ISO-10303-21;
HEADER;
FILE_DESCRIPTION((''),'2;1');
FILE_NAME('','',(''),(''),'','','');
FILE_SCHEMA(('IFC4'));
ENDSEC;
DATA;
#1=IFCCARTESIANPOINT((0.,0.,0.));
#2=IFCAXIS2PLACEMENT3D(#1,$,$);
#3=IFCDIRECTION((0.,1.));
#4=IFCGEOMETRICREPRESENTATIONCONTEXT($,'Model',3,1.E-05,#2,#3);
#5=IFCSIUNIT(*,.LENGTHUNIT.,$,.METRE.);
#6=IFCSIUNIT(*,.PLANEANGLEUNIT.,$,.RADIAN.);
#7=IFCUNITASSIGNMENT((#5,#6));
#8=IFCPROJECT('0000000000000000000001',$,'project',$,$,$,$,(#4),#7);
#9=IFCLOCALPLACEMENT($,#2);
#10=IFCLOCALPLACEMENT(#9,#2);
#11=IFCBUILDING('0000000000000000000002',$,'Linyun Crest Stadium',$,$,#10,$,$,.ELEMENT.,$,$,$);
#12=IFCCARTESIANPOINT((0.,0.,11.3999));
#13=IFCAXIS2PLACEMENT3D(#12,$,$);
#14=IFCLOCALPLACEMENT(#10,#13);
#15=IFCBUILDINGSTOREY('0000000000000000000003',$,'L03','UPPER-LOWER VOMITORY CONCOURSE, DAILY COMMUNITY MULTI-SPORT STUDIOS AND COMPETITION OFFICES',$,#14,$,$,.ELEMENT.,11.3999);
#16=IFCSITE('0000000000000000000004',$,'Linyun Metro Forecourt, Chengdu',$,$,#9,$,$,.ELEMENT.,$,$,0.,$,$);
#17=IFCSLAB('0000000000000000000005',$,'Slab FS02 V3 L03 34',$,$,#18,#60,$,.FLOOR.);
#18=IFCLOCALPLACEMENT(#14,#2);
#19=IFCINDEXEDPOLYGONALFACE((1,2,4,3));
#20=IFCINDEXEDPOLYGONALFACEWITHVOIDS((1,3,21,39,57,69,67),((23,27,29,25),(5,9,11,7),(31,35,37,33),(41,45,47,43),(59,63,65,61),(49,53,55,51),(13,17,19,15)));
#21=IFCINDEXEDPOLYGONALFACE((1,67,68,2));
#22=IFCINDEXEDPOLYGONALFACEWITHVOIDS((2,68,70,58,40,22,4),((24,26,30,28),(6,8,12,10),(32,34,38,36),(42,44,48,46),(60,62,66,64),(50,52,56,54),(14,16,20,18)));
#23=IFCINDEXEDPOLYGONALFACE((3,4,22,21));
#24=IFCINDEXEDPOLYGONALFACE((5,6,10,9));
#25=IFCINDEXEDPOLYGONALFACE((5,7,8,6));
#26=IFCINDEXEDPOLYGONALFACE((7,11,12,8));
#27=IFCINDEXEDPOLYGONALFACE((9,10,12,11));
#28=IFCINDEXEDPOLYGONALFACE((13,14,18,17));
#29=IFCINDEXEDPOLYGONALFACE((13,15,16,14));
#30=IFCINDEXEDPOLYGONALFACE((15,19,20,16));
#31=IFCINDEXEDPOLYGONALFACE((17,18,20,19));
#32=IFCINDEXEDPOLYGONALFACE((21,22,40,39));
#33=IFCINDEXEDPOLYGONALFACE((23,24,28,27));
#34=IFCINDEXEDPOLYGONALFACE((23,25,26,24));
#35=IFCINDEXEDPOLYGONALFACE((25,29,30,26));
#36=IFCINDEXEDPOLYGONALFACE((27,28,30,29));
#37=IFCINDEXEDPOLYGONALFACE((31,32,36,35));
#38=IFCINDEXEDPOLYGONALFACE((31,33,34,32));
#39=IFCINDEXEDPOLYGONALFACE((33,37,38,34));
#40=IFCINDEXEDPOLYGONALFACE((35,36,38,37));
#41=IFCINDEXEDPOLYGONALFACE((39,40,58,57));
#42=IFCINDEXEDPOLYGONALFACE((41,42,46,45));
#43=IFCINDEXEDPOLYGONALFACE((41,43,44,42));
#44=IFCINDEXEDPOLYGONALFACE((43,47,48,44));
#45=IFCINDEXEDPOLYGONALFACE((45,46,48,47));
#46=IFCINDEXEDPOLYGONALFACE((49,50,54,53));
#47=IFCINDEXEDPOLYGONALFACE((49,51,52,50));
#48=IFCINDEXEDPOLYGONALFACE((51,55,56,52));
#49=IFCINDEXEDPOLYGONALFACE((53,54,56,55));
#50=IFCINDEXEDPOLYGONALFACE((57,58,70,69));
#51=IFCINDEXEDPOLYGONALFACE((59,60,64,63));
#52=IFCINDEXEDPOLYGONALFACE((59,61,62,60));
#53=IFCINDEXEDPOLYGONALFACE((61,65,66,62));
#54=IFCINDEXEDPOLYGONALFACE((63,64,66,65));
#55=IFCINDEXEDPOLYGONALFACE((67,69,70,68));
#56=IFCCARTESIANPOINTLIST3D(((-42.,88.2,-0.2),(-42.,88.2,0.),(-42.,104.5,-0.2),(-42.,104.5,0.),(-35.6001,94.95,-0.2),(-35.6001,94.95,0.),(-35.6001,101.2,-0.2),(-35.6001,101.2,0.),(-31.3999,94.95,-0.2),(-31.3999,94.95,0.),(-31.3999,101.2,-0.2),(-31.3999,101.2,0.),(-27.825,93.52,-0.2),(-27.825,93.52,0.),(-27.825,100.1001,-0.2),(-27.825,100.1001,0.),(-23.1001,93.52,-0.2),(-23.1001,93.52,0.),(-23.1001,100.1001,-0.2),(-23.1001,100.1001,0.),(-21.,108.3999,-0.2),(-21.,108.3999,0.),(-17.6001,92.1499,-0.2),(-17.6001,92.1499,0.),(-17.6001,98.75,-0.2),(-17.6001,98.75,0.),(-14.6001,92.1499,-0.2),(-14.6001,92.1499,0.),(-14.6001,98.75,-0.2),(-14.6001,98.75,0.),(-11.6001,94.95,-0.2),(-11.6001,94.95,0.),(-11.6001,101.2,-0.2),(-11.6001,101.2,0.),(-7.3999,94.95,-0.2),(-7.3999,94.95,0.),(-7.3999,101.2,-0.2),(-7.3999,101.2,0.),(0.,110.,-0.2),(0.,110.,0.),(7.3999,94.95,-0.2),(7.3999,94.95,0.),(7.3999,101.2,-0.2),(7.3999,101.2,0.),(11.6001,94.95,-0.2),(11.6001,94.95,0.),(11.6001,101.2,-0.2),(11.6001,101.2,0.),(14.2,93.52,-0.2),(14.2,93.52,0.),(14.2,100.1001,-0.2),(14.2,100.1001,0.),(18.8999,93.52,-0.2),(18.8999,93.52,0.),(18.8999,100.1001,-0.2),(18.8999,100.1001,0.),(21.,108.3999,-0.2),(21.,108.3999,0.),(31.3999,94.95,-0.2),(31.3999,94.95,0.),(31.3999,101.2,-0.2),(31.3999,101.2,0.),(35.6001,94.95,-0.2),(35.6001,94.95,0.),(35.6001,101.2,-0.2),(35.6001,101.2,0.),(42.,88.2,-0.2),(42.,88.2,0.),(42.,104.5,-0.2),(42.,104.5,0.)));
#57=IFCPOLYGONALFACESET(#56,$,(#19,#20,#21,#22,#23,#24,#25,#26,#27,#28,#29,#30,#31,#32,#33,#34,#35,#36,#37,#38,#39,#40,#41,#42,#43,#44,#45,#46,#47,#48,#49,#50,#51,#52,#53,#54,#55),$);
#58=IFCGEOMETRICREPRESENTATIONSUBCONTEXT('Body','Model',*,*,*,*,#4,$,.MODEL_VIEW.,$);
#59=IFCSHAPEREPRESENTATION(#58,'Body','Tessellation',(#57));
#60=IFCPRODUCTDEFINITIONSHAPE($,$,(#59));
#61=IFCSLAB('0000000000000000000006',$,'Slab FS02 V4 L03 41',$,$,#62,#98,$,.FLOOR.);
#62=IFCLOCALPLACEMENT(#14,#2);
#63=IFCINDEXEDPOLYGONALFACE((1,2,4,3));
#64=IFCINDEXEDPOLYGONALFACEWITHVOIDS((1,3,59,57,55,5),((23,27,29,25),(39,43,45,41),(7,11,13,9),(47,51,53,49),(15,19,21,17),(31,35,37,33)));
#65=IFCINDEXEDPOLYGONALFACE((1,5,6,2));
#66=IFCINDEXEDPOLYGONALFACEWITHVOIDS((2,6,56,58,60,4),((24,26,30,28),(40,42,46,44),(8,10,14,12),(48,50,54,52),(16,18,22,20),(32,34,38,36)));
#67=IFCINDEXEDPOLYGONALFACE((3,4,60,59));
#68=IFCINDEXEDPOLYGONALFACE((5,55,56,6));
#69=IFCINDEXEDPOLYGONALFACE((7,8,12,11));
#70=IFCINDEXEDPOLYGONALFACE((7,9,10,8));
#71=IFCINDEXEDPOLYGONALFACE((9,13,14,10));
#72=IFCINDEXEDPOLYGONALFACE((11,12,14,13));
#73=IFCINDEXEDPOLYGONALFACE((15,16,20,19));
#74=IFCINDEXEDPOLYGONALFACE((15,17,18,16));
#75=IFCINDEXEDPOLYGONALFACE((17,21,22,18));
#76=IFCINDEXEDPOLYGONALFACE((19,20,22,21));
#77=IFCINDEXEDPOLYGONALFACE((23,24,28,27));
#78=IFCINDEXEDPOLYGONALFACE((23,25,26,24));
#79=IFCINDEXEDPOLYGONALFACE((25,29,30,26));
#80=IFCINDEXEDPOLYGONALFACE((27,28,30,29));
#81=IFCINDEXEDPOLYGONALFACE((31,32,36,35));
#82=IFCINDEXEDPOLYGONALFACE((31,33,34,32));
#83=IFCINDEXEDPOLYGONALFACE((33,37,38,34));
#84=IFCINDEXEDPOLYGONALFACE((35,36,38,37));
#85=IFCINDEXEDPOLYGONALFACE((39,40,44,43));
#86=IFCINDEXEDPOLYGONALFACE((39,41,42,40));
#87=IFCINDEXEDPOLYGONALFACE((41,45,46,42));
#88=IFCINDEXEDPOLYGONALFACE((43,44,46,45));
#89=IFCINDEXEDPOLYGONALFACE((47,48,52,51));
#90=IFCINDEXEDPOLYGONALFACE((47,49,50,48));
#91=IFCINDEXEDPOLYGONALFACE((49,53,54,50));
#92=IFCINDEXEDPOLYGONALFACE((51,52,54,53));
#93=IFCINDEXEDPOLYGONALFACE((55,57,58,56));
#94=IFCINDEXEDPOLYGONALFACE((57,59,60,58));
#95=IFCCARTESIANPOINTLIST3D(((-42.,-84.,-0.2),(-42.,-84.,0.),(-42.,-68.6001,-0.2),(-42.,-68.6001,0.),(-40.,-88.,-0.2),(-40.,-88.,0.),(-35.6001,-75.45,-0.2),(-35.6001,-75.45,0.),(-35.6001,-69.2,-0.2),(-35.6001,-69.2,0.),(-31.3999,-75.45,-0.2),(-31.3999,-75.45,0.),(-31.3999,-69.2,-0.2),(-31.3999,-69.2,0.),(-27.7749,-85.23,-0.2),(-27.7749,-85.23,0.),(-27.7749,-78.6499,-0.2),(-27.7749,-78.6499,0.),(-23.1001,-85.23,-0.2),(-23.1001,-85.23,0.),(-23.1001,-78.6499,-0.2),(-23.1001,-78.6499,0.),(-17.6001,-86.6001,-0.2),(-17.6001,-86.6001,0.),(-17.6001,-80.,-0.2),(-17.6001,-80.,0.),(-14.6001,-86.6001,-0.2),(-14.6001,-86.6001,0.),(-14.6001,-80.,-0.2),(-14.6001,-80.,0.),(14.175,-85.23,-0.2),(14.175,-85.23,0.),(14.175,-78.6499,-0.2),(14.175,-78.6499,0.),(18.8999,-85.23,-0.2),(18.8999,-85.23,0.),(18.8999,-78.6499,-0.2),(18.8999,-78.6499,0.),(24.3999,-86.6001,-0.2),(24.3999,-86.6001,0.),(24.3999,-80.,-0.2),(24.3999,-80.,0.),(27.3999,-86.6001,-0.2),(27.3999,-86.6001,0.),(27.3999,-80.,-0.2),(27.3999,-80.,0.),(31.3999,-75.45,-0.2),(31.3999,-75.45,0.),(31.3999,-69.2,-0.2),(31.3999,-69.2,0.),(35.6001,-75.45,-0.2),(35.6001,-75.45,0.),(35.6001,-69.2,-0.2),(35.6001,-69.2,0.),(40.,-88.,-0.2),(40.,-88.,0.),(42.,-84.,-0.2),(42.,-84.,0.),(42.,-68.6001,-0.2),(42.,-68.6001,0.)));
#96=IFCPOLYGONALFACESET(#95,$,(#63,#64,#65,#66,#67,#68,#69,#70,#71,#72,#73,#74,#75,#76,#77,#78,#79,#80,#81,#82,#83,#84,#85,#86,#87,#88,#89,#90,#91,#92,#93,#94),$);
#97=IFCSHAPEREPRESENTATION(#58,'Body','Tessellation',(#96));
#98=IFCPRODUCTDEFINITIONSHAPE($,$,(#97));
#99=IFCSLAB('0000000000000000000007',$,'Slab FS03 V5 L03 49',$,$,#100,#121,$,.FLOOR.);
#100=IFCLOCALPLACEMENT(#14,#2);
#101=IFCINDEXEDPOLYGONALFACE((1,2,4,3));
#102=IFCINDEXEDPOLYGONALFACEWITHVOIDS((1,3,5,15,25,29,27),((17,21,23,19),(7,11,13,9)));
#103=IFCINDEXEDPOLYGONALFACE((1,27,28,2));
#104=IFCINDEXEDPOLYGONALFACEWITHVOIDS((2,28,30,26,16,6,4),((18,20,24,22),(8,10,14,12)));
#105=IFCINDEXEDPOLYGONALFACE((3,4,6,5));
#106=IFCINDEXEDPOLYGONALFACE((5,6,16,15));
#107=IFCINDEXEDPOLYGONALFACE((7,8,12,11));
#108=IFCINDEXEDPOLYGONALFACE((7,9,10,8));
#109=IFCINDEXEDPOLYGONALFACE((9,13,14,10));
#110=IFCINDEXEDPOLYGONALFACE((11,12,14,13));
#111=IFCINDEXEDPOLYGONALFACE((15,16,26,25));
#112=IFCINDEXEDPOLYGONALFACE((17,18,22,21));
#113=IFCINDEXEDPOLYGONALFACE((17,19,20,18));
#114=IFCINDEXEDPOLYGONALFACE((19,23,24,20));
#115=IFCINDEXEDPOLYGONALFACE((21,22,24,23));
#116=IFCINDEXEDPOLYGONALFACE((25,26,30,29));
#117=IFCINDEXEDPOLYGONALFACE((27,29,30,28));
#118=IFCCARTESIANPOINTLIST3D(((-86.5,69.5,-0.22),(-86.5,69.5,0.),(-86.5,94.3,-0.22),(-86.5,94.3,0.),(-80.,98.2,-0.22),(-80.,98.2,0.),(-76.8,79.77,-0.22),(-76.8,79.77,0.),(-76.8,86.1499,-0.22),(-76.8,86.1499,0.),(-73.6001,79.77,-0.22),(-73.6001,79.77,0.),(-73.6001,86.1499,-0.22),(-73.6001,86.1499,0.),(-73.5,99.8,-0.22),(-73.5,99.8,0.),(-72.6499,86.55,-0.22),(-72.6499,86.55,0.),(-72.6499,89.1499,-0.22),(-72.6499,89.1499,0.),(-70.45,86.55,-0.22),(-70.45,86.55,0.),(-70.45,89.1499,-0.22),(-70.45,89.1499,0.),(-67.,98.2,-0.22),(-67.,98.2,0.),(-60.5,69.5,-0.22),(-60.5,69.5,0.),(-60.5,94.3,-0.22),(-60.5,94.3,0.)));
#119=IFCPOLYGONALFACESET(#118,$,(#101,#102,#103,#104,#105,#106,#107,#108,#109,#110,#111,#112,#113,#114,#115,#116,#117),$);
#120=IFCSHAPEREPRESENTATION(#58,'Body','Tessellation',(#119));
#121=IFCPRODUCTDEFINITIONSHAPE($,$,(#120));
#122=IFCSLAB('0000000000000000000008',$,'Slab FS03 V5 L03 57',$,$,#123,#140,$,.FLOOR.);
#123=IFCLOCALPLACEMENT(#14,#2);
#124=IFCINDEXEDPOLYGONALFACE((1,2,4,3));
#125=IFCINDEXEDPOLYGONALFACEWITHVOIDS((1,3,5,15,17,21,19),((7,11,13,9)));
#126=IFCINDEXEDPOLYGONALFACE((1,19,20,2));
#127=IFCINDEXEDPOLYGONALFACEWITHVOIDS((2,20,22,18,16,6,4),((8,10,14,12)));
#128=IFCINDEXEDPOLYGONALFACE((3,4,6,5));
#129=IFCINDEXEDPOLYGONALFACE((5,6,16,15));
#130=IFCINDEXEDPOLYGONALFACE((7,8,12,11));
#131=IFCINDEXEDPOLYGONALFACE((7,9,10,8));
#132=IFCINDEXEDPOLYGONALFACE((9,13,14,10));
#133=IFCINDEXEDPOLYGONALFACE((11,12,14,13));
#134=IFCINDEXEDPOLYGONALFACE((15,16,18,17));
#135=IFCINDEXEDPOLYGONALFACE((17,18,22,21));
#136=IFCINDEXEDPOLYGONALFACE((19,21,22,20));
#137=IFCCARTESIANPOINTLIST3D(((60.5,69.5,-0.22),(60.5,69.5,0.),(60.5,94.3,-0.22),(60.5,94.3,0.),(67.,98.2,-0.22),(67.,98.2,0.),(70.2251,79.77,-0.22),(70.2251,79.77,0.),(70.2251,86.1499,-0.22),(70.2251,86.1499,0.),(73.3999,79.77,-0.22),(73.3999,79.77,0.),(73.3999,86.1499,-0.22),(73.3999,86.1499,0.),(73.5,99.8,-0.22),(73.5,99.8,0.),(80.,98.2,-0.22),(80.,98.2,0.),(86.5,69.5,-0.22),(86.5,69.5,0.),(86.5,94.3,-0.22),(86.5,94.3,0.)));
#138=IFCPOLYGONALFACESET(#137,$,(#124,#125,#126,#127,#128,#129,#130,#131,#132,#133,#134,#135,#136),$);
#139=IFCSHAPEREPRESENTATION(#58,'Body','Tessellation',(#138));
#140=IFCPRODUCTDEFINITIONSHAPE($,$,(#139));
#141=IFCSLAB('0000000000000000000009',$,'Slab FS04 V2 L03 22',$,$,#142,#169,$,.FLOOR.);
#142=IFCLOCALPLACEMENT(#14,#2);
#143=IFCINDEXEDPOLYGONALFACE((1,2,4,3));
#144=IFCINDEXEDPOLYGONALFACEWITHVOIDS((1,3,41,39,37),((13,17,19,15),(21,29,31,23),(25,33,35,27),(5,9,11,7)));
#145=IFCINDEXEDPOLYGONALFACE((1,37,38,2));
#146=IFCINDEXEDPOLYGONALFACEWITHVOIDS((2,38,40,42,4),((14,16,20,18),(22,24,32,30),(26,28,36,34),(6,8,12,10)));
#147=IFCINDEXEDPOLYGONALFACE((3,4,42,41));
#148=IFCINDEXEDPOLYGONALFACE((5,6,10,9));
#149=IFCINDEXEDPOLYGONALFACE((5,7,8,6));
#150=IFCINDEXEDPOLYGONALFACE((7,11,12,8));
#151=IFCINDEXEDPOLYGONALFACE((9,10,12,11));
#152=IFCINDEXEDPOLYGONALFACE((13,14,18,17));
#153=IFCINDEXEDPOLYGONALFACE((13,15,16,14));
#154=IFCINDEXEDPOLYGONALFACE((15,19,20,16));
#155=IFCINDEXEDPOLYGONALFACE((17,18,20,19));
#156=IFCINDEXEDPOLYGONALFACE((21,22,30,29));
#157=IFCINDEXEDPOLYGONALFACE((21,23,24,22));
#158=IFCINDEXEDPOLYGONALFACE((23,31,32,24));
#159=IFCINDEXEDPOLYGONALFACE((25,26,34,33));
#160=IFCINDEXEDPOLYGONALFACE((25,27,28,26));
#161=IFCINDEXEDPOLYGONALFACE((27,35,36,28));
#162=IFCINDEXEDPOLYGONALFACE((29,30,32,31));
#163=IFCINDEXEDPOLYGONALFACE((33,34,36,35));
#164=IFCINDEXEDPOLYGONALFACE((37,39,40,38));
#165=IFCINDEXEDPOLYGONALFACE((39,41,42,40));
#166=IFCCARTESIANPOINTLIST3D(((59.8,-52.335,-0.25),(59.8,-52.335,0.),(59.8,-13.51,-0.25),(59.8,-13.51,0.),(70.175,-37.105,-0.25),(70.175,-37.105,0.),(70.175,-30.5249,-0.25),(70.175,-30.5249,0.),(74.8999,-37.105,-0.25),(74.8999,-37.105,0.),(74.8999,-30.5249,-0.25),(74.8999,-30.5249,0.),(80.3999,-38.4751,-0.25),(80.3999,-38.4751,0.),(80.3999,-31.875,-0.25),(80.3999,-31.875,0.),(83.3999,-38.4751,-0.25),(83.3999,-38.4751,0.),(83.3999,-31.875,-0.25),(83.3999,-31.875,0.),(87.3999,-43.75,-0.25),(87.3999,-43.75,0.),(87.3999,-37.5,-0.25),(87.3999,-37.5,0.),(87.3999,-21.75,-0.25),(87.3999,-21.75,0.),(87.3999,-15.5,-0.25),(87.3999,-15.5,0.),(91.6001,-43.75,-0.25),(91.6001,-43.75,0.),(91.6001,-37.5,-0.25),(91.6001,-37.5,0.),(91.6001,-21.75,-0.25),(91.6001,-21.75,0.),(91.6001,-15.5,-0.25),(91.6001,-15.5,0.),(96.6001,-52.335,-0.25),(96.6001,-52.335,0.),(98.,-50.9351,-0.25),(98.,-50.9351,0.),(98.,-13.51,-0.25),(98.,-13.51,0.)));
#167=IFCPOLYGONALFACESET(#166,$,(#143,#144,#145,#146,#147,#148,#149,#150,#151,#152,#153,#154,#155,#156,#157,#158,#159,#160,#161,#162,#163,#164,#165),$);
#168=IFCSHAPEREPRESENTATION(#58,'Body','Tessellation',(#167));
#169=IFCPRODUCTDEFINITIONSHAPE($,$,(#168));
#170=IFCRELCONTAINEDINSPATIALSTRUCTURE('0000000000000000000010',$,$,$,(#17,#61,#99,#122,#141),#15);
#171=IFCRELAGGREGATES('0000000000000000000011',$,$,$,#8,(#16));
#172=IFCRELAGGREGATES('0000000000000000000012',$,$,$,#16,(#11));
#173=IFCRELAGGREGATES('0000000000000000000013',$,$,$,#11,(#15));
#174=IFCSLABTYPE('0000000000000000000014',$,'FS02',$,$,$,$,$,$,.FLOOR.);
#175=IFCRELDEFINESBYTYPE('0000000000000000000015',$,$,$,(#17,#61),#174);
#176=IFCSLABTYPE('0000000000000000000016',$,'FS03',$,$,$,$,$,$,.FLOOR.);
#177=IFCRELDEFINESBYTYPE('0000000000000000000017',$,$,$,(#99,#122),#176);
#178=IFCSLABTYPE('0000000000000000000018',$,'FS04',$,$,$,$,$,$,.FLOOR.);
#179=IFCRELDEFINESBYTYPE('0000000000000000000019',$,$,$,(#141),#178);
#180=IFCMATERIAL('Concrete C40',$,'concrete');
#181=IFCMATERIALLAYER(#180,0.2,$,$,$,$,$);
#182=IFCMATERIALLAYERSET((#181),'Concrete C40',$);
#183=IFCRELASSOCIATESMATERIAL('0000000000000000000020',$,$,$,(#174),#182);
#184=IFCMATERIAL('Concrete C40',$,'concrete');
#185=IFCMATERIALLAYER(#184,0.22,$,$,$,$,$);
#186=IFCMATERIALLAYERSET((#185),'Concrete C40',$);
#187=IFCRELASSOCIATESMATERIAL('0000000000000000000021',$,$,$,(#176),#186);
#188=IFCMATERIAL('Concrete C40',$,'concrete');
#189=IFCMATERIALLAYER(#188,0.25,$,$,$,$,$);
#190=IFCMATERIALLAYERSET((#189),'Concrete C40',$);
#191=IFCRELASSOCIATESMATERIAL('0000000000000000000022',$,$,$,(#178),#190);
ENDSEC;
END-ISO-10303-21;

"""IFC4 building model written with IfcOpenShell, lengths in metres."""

from ifc_helpers import new_model, si_unit, direction, frame, origin, place, context, subcontext, project, spatial, polyline, outline, extrude, material, layer, layer_set, type_object, element, save


model = new_model("IFC4")

# Units and contexts
model_context = context("Model", 3, precision=1e-05, world=origin(), true_north=direction((0.0, 1.0)))
body_context = subcontext(model_context, "Body", "Model", "MODEL_VIEW")
ifc_project = project(units=[si_unit("LENGTHUNIT", "METRE"), si_unit("PLANEANGLEUNIT", "RADIAN")], contexts=[model_context])

# Site, building, storey
site_placement = place(None, origin())
site = spatial("IfcSite", under=ifc_project, at=site_placement, Name="Linyun Metro Forecourt, Chengdu", CompositionType="ELEMENT", RefElevation=0.0)
building_placement = place(site_placement, origin())
building = spatial("IfcBuilding", under=site, at=building_placement, Name="Linyun Crest Stadium", CompositionType="ELEMENT")
storey_placement = place(building_placement, frame((0.0, 0.0, 11.3999)))
storey = spatial("IfcBuildingStorey", under=building, at=storey_placement, Name="L03", Description="UPPER-LOWER VOMITORY CONCOURSE, DAILY COMMUNITY MULTI-SPORT STUDIOS AND COMPETITION OFFICES", CompositionType="ELEMENT", Elevation=11.3999)

# Slabs
ifc_material_1 = material(Name="Concrete C40", Category="concrete")
ifc_layer_1 = layer(ifc_material_1, 0.2)
ifc_layer_set_1 = layer_set([ifc_layer_1], Name="Concrete C40")
slab_type_1 = type_object("IfcSlabType", Name="FS02", PredefinedType="FLOOR", material=ifc_layer_set_1)
slab_1_placement = place(storey_placement, frame((0.0, 0.0, -0.2)))
element("IfcSlab", 1, at=slab_1_placement, inside=storey, type_object=slab_type_1, Name="Slab FS02 V3 L03 34", PredefinedType="FLOOR", context=body_context, shape_type="SweptSolid", body=[
    extrude(outline(polyline([(-42.0, 88.2), (42.0, 88.2), (42.0, 104.5), (21.0, 108.3999), (0.0, 110.0), (-21.0, 108.3999), (-42.0, 104.5), (-42.0, 88.2)]), holes=[polyline([(-27.825, 93.52), (-27.825, 100.1001), (-23.1001, 100.1001), (-23.1001, 93.52), (-27.825, 93.52)]), polyline([(-17.6001, 92.1499), (-17.6001, 98.75), (-14.6001, 98.75), (-14.6001, 92.1499), (-17.6001, 92.1499)]), polyline([(14.2, 93.52), (14.2, 100.1001), (18.8999, 100.1001), (18.8999, 93.52), (14.2, 93.52)]), polyline([(-35.6001, 94.95), (-35.6001, 101.2), (-31.3999, 101.2), (-31.3999, 94.95), (-35.6001, 94.95)]), polyline([(-11.6001, 94.95), (-11.6001, 101.2), (-7.3999, 101.2), (-7.3999, 94.95), (-11.6001, 94.95)]), polyline([(7.3999, 94.95), (7.3999, 101.2), (11.6001, 101.2), (11.6001, 94.95), (7.3999, 94.95)]), polyline([(31.3999, 94.95), (31.3999, 101.2), (35.6001, 101.2), (35.6001, 94.95), (31.3999, 94.95)])]), origin(), (0.0, 0.0, 1.0), 0.2),
])
slab_2_placement = place(storey_placement, frame((0.0, 0.0, -0.2)))
element("IfcSlab", 2, at=slab_2_placement, inside=storey, type_object=slab_type_1, Name="Slab FS02 V4 L03 41", PredefinedType="FLOOR", context=body_context, shape_type="SweptSolid", body=[
    extrude(outline(polyline([(-40.0, -88.0), (40.0, -88.0), (42.0, -84.0), (42.0, -68.6001), (-42.0, -68.6001), (-42.0, -84.0), (-40.0, -88.0)]), holes=[polyline([(-27.7749, -85.23), (-27.7749, -78.6499), (-23.1001, -78.6499), (-23.1001, -85.23), (-27.7749, -85.23)]), polyline([(-17.6001, -86.6001), (-17.6001, -80.0), (-14.6001, -80.0), (-14.6001, -86.6001), (-17.6001, -86.6001)]), polyline([(14.175, -85.23), (14.175, -78.6499), (18.8999, -78.6499), (18.8999, -85.23), (14.175, -85.23)]), polyline([(24.3999, -86.6001), (24.3999, -80.0), (27.3999, -80.0), (27.3999, -86.6001), (24.3999, -86.6001)]), polyline([(-35.6001, -75.45), (-35.6001, -69.2), (-31.3999, -69.2), (-31.3999, -75.45), (-35.6001, -75.45)]), polyline([(31.3999, -75.45), (31.3999, -69.2), (35.6001, -69.2), (35.6001, -75.45), (31.3999, -75.45)])]), origin(), (0.0, 0.0, 1.0), 0.2),
])
ifc_material_2 = material(Name="Concrete C40", Category="concrete")
ifc_layer_2 = layer(ifc_material_2, 0.22)
ifc_layer_set_2 = layer_set([ifc_layer_2], Name="Concrete C40")
slab_type_2 = type_object("IfcSlabType", Name="FS03", PredefinedType="FLOOR", material=ifc_layer_set_2)
slab_3_placement = place(storey_placement, frame((0.0, 0.0, -0.22)))
element("IfcSlab", 3, at=slab_3_placement, inside=storey, type_object=slab_type_2, Name="Slab FS03 V5 L03 49", PredefinedType="FLOOR", context=body_context, shape_type="SweptSolid", body=[
    extrude(outline(polyline([(-86.5, 69.5), (-60.5, 69.5), (-60.5, 94.3), (-67.0, 98.2), (-73.5, 99.8), (-80.0, 98.2), (-86.5, 94.3), (-86.5, 69.5)]), holes=[polyline([(-76.8, 79.77), (-76.8, 86.1499), (-73.6001, 86.1499), (-73.6001, 79.77), (-76.8, 79.77)]), polyline([(-72.6499, 86.55), (-72.6499, 89.1499), (-70.45, 89.1499), (-70.45, 86.55), (-72.6499, 86.55)])]), origin(), (0.0, 0.0, 1.0), 0.22),
])
slab_4_placement = place(storey_placement, frame((0.0, 0.0, -0.22)))
element("IfcSlab", 4, at=slab_4_placement, inside=storey, type_object=slab_type_2, Name="Slab FS03 V5 L03 57", PredefinedType="FLOOR", context=body_context, shape_type="SweptSolid", body=[
    extrude(outline(polyline([(60.5, 69.5), (86.5, 69.5), (86.5, 94.3), (80.0, 98.2), (73.5, 99.8), (67.0, 98.2), (60.5, 94.3), (60.5, 69.5)]), holes=[polyline([(70.2251, 79.77), (70.2251, 86.1499), (73.3999, 86.1499), (73.3999, 79.77), (70.2251, 79.77)])]), origin(), (0.0, 0.0, 1.0), 0.22),
])
ifc_material_3 = material(Name="Concrete C40", Category="concrete")
ifc_layer_3 = layer(ifc_material_3, 0.25)
ifc_layer_set_3 = layer_set([ifc_layer_3], Name="Concrete C40")
slab_type_3 = type_object("IfcSlabType", Name="FS04", PredefinedType="FLOOR", material=ifc_layer_set_3)
slab_5_placement = place(storey_placement, frame((0.0, 0.0, -0.25)))
element("IfcSlab", 5, at=slab_5_placement, inside=storey, type_object=slab_type_3, Name="Slab FS04 V2 L03 22", PredefinedType="FLOOR", context=body_context, shape_type="SweptSolid", body=[
    extrude(outline(polyline([(59.8, -52.335), (96.6001, -52.335), (98.0, -50.9351), (98.0, -13.51), (59.8, -13.51), (59.8, -52.335)]), holes=[polyline([(70.175, -37.105), (70.175, -30.5249), (74.8999, -30.5249), (74.8999, -37.105), (70.175, -37.105)]), polyline([(80.3999, -38.4751), (80.3999, -31.875), (83.3999, -31.875), (83.3999, -38.4751), (80.3999, -38.4751)]), polyline([(87.3999, -43.75), (87.3999, -37.5), (91.6001, -37.5), (91.6001, -43.75), (87.3999, -43.75)]), polyline([(87.3999, -21.75), (87.3999, -15.5), (91.6001, -15.5), (91.6001, -21.75), (87.3999, -21.75)])]), origin(), (0.0, 0.0, 1.0), 0.25),
])

save(model, "model.ifc")
